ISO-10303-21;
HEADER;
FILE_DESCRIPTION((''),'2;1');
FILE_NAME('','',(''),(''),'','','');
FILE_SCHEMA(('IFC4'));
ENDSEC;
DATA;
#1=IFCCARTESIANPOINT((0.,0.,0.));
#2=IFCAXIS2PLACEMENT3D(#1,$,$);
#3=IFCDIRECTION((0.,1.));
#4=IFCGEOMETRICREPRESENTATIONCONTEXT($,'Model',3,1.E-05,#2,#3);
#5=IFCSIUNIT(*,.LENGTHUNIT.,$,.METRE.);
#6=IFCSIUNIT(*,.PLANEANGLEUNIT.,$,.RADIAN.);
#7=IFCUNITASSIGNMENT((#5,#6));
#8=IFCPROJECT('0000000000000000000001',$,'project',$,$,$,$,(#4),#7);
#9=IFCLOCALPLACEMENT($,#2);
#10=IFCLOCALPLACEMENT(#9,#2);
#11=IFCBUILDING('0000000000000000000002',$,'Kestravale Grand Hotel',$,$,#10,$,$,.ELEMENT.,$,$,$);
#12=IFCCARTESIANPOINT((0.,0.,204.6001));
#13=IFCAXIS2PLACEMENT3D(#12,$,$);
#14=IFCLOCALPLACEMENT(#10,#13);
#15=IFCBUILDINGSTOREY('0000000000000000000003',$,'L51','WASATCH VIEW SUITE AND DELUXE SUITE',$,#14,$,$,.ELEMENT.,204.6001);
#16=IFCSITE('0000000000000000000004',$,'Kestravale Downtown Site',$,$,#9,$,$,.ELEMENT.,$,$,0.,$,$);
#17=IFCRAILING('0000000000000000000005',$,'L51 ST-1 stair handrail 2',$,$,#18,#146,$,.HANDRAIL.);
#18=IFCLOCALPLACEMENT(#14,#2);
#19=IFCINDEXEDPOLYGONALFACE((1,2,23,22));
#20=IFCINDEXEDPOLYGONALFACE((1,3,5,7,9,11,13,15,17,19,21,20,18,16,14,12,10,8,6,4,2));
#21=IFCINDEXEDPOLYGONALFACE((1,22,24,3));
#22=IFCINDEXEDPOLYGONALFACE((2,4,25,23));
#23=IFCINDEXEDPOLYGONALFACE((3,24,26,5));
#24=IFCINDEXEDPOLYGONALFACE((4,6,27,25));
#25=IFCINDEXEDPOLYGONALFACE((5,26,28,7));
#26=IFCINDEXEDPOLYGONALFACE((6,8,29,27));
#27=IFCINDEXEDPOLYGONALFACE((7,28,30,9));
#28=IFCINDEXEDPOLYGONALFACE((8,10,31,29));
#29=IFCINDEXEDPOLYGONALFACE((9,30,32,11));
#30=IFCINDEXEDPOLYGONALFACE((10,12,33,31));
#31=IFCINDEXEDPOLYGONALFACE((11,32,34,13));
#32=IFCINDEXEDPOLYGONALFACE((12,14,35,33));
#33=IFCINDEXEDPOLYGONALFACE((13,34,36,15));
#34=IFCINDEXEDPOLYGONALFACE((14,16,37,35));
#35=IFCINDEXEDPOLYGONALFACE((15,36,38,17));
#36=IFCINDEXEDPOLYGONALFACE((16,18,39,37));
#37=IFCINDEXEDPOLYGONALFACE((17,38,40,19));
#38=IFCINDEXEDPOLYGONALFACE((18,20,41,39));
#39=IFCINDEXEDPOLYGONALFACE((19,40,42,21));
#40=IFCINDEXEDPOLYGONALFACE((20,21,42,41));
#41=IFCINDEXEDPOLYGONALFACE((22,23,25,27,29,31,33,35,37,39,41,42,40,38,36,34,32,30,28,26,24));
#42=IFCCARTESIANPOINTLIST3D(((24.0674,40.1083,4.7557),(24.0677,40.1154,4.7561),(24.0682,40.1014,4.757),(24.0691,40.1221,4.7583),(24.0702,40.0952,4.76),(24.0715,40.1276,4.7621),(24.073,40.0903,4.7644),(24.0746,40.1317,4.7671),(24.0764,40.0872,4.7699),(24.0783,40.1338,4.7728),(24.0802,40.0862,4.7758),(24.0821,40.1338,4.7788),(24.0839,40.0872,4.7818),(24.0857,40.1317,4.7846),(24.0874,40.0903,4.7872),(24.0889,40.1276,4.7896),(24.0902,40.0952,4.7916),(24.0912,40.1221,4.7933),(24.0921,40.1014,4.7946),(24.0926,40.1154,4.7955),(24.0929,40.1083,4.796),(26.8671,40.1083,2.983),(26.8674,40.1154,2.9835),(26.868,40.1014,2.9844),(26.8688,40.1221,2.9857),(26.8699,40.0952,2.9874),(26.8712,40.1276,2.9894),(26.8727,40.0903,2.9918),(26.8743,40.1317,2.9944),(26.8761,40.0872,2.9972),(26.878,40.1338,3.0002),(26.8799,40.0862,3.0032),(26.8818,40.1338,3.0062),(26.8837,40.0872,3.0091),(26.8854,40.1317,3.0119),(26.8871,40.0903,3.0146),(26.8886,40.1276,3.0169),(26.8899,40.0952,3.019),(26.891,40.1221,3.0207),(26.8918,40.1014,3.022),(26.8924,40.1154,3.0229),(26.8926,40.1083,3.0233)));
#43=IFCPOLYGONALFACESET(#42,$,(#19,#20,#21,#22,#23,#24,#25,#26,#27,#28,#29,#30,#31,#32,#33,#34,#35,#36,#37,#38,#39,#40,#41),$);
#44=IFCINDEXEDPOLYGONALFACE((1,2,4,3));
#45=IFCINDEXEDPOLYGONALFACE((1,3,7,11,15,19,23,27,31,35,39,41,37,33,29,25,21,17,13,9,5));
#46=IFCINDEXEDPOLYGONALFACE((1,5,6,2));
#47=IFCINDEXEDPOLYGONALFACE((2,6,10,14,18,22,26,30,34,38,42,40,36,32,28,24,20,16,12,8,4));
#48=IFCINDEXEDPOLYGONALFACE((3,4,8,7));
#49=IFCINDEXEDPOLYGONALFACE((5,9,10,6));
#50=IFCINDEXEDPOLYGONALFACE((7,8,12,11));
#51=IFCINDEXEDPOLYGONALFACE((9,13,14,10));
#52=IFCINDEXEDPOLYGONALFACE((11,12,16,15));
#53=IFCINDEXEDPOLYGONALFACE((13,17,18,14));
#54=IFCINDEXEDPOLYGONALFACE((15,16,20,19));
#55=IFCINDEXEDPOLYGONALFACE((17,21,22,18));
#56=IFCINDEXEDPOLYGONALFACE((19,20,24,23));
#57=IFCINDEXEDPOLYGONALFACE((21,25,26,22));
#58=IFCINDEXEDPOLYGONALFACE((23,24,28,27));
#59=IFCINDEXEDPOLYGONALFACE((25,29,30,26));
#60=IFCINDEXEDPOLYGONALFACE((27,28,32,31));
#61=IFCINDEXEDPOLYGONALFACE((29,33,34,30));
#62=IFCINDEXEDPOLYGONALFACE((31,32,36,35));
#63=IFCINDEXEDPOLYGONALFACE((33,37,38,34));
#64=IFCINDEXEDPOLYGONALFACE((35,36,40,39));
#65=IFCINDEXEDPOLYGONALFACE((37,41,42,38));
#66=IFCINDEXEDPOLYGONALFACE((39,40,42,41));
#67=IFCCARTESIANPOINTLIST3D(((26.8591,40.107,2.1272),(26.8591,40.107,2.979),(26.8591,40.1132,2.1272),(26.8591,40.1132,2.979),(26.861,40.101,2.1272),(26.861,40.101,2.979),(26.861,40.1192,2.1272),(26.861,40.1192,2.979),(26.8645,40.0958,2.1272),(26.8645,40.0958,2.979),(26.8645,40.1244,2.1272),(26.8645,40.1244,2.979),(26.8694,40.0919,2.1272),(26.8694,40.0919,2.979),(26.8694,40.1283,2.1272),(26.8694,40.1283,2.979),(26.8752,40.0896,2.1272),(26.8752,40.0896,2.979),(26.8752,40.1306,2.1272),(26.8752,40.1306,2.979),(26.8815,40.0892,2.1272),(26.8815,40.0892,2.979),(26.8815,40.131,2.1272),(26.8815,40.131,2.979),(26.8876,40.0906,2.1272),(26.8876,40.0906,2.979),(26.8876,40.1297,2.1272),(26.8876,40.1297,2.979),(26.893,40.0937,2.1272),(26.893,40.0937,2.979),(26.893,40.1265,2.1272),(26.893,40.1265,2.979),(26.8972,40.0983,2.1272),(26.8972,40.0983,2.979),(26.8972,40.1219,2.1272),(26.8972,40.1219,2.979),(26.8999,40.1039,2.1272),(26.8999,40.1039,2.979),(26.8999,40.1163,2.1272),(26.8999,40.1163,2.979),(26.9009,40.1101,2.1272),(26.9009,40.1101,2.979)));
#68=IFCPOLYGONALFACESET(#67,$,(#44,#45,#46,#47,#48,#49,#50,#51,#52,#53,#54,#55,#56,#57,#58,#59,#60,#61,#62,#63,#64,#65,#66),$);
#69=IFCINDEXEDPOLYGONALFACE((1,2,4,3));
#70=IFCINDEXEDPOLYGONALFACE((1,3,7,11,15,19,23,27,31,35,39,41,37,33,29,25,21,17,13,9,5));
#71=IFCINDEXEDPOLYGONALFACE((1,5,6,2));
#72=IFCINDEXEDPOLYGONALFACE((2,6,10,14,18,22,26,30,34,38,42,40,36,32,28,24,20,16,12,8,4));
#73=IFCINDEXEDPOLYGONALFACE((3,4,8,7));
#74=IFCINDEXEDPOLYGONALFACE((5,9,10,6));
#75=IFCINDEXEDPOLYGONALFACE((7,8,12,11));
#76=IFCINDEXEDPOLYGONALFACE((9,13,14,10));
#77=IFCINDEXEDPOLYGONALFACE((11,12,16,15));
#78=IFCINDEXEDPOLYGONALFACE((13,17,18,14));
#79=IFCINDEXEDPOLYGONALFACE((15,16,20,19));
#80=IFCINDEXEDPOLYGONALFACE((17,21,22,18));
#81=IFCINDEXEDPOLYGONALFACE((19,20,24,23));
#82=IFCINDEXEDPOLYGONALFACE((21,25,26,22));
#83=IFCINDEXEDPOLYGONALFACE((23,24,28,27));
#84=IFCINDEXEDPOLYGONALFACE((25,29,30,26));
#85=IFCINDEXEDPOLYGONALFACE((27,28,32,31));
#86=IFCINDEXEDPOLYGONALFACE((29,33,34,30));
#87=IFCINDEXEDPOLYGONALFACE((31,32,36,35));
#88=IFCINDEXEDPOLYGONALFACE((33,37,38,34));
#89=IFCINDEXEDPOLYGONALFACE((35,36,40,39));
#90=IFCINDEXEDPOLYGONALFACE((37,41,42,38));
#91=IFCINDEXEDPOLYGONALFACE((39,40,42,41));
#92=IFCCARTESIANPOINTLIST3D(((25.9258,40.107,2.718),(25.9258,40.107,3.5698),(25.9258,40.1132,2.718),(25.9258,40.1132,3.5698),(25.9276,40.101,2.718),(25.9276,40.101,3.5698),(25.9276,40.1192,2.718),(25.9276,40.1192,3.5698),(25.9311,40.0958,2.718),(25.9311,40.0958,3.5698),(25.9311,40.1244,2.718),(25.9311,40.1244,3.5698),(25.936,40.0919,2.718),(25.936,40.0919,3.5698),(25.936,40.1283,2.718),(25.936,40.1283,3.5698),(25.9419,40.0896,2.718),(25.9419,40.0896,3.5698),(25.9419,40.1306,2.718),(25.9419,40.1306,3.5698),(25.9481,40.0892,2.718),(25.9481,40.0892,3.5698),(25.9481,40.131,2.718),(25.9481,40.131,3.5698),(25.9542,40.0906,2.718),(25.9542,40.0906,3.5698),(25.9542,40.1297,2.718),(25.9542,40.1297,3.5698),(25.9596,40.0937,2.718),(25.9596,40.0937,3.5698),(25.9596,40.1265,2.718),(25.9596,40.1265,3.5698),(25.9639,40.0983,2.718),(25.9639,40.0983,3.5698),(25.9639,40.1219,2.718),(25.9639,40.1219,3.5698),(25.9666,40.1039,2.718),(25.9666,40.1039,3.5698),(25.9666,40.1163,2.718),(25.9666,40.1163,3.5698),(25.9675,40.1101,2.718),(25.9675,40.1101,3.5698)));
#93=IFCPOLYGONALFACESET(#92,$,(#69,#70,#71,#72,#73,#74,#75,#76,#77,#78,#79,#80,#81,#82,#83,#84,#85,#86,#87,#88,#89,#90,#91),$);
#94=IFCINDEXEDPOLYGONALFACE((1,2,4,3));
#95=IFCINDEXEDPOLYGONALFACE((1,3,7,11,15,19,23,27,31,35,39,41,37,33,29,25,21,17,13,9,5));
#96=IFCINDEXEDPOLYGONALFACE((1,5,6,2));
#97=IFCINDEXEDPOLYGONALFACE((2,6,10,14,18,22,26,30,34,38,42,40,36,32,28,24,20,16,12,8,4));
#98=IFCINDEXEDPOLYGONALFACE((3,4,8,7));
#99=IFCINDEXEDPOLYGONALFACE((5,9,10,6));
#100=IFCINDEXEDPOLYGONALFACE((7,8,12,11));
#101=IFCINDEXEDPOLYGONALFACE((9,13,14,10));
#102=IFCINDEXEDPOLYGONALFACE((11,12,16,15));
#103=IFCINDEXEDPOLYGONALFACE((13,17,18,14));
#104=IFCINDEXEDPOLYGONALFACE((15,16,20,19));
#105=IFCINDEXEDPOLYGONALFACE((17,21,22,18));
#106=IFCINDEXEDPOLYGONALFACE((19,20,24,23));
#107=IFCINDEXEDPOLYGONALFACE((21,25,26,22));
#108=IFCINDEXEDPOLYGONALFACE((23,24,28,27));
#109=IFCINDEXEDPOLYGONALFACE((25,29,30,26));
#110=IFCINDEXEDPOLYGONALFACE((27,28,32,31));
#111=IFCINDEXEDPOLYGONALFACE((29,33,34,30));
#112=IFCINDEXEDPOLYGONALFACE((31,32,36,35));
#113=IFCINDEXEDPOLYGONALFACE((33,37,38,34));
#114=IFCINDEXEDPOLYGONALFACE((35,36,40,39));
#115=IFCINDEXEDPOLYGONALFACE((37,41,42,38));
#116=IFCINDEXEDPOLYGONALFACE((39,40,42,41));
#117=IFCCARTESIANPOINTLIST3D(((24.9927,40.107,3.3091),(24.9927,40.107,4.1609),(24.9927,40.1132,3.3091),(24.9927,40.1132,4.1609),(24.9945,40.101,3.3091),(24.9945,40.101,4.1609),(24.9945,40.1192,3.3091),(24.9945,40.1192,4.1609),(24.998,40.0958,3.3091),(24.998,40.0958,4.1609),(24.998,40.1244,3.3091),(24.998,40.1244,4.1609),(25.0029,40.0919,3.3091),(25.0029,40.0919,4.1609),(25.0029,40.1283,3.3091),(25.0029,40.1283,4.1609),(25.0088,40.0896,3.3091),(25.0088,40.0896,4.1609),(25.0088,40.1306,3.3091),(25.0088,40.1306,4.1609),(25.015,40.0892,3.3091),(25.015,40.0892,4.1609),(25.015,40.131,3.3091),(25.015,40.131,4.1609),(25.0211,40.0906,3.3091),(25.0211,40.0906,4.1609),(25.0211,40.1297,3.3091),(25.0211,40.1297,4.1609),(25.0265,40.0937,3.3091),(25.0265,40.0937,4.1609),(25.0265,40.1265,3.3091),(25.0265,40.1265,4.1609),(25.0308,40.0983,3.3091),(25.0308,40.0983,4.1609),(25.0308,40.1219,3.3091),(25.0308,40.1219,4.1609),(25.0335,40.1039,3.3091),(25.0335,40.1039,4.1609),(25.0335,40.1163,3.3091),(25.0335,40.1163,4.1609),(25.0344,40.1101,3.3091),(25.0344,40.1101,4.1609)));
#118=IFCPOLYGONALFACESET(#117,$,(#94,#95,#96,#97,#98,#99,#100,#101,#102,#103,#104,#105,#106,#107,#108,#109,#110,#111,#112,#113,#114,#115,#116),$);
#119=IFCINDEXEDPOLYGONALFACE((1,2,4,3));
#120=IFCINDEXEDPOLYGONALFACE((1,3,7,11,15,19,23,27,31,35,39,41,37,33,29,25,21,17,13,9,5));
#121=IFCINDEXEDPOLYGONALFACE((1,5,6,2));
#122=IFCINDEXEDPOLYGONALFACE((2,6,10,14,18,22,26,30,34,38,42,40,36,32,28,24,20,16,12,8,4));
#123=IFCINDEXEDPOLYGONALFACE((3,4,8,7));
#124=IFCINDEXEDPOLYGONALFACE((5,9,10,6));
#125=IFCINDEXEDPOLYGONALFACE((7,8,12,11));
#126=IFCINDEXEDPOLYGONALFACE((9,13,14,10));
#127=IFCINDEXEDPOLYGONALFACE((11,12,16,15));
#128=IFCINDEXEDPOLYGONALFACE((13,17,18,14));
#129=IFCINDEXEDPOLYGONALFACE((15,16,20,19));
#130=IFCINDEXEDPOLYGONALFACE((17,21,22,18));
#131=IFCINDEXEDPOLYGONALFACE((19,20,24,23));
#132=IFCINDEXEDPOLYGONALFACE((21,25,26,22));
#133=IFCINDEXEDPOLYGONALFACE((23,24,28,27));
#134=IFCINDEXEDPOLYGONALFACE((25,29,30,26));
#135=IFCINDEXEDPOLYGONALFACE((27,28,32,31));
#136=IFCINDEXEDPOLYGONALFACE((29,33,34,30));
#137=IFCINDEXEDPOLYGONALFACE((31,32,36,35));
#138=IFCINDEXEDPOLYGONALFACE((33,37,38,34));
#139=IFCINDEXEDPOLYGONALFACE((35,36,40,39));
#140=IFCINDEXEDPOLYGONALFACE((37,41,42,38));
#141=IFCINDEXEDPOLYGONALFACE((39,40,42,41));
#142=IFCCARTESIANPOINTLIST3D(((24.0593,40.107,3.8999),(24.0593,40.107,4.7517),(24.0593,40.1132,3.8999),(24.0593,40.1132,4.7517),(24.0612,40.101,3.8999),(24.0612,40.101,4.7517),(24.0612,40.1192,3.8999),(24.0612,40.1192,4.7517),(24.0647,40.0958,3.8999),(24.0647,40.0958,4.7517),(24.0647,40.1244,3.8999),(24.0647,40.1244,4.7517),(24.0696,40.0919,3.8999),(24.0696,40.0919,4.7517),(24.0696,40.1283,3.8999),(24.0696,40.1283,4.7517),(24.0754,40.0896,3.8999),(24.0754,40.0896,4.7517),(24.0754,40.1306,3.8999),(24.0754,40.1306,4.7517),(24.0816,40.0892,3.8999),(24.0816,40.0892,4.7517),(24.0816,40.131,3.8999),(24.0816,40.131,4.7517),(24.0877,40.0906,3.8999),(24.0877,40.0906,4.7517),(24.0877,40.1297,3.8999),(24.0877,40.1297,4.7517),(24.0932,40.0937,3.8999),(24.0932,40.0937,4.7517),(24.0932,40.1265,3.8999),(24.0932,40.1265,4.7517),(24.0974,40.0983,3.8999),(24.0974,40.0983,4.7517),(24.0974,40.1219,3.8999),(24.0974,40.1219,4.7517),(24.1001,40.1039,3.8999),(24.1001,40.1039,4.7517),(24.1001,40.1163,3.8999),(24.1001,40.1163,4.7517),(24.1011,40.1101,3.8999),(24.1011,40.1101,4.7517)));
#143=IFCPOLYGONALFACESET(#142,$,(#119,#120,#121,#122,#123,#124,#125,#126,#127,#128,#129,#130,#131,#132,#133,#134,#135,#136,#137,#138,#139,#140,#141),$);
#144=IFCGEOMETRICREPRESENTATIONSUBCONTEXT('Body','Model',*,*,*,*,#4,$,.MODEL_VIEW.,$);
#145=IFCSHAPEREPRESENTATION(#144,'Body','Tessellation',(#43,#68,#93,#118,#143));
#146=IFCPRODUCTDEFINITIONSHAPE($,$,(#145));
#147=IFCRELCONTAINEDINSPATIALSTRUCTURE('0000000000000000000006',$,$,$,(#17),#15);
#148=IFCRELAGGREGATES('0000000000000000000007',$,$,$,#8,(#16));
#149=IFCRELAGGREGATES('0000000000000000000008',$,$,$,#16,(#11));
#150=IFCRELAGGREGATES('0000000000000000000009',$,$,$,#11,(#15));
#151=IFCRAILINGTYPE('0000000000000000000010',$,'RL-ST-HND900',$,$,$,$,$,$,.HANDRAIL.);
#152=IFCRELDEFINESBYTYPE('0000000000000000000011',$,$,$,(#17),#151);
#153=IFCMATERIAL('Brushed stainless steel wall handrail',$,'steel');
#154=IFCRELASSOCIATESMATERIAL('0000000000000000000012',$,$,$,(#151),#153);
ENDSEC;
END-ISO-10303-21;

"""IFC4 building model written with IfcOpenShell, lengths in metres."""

from ifc_helpers import new_model, si_unit, direction, frame, origin, origin_2d, place, context, subcontext, project, spatial, circle, extrude, material, type_object, element, save


model = new_model("IFC4")

# Units and contexts
model_context = context("Model", 3, precision=1e-05, world=origin(), true_north=direction((0.0, 1.0)))
body_context = subcontext(model_context, "Body", "Model", "MODEL_VIEW")
ifc_project = project(units=[si_unit("LENGTHUNIT", "METRE"), si_unit("PLANEANGLEUNIT", "RADIAN")], contexts=[model_context])

# Site, building, storey
site_placement = place(None, origin())
site = spatial("IfcSite", under=ifc_project, at=site_placement, Name="Kestravale Downtown Site", CompositionType="ELEMENT", RefElevation=0.0)
building_placement = place(site_placement, origin())
building = spatial("IfcBuilding", under=site, at=building_placement, Name="Kestravale Grand Hotel", CompositionType="ELEMENT")
storey_placement = place(building_placement, frame((0.0, 0.0, 204.6001)))
storey = spatial("IfcBuildingStorey", under=building, at=storey_placement, Name="L51", Description="WASATCH VIEW SUITE AND DELUXE SUITE", CompositionType="ELEMENT", Elevation=204.6001)

# Railing
ifc_material_1 = material(Name="Brushed stainless steel wall handrail", Category="steel")
railing_type_1 = type_object("IfcRailingType", Name="RL-ST-HND900", PredefinedType="HANDRAIL", material=ifc_material_1)
railing_1_placement = place(storey_placement, frame((26.8799, 40.1101, 2.1272)))
element("IfcRailing", 1, at=railing_1_placement, inside=storey, type_object=railing_type_1, Name="L51 ST-1 stair handrail 2", PredefinedType="HANDRAIL", context=body_context, shape_type="SweptSolid", body=[
    extrude(circle(Radius=0.0239, at=origin_2d()), frame((0.0, 0.0, 0.876), z_axis=(-0.844888, 0.0, 0.534943), x_axis=(0.0, -1.0, 0.0)), (0.0, 0.0, 1.0), 3.3137),
    extrude(circle(Radius=0.021, at=origin_2d()), origin(), (0.0, 0.0, 1.0), 0.8518),
    extrude(circle(Radius=0.021, at=origin_2d()), frame((-0.9333, 0.0, 0.5908)), (0.0, 0.0, 1.0), 0.8518),
    extrude(circle(Radius=0.021, at=origin_2d()), frame((-1.8665, 0.0, 1.1819)), (0.0, 0.0, 1.0), 0.8518),
    extrude(circle(Radius=0.021, at=origin_2d()), frame((-2.7998, 0.0, 1.7727)), (0.0, 0.0, 1.0), 0.8518),
])

save(model, "model.ifc")
